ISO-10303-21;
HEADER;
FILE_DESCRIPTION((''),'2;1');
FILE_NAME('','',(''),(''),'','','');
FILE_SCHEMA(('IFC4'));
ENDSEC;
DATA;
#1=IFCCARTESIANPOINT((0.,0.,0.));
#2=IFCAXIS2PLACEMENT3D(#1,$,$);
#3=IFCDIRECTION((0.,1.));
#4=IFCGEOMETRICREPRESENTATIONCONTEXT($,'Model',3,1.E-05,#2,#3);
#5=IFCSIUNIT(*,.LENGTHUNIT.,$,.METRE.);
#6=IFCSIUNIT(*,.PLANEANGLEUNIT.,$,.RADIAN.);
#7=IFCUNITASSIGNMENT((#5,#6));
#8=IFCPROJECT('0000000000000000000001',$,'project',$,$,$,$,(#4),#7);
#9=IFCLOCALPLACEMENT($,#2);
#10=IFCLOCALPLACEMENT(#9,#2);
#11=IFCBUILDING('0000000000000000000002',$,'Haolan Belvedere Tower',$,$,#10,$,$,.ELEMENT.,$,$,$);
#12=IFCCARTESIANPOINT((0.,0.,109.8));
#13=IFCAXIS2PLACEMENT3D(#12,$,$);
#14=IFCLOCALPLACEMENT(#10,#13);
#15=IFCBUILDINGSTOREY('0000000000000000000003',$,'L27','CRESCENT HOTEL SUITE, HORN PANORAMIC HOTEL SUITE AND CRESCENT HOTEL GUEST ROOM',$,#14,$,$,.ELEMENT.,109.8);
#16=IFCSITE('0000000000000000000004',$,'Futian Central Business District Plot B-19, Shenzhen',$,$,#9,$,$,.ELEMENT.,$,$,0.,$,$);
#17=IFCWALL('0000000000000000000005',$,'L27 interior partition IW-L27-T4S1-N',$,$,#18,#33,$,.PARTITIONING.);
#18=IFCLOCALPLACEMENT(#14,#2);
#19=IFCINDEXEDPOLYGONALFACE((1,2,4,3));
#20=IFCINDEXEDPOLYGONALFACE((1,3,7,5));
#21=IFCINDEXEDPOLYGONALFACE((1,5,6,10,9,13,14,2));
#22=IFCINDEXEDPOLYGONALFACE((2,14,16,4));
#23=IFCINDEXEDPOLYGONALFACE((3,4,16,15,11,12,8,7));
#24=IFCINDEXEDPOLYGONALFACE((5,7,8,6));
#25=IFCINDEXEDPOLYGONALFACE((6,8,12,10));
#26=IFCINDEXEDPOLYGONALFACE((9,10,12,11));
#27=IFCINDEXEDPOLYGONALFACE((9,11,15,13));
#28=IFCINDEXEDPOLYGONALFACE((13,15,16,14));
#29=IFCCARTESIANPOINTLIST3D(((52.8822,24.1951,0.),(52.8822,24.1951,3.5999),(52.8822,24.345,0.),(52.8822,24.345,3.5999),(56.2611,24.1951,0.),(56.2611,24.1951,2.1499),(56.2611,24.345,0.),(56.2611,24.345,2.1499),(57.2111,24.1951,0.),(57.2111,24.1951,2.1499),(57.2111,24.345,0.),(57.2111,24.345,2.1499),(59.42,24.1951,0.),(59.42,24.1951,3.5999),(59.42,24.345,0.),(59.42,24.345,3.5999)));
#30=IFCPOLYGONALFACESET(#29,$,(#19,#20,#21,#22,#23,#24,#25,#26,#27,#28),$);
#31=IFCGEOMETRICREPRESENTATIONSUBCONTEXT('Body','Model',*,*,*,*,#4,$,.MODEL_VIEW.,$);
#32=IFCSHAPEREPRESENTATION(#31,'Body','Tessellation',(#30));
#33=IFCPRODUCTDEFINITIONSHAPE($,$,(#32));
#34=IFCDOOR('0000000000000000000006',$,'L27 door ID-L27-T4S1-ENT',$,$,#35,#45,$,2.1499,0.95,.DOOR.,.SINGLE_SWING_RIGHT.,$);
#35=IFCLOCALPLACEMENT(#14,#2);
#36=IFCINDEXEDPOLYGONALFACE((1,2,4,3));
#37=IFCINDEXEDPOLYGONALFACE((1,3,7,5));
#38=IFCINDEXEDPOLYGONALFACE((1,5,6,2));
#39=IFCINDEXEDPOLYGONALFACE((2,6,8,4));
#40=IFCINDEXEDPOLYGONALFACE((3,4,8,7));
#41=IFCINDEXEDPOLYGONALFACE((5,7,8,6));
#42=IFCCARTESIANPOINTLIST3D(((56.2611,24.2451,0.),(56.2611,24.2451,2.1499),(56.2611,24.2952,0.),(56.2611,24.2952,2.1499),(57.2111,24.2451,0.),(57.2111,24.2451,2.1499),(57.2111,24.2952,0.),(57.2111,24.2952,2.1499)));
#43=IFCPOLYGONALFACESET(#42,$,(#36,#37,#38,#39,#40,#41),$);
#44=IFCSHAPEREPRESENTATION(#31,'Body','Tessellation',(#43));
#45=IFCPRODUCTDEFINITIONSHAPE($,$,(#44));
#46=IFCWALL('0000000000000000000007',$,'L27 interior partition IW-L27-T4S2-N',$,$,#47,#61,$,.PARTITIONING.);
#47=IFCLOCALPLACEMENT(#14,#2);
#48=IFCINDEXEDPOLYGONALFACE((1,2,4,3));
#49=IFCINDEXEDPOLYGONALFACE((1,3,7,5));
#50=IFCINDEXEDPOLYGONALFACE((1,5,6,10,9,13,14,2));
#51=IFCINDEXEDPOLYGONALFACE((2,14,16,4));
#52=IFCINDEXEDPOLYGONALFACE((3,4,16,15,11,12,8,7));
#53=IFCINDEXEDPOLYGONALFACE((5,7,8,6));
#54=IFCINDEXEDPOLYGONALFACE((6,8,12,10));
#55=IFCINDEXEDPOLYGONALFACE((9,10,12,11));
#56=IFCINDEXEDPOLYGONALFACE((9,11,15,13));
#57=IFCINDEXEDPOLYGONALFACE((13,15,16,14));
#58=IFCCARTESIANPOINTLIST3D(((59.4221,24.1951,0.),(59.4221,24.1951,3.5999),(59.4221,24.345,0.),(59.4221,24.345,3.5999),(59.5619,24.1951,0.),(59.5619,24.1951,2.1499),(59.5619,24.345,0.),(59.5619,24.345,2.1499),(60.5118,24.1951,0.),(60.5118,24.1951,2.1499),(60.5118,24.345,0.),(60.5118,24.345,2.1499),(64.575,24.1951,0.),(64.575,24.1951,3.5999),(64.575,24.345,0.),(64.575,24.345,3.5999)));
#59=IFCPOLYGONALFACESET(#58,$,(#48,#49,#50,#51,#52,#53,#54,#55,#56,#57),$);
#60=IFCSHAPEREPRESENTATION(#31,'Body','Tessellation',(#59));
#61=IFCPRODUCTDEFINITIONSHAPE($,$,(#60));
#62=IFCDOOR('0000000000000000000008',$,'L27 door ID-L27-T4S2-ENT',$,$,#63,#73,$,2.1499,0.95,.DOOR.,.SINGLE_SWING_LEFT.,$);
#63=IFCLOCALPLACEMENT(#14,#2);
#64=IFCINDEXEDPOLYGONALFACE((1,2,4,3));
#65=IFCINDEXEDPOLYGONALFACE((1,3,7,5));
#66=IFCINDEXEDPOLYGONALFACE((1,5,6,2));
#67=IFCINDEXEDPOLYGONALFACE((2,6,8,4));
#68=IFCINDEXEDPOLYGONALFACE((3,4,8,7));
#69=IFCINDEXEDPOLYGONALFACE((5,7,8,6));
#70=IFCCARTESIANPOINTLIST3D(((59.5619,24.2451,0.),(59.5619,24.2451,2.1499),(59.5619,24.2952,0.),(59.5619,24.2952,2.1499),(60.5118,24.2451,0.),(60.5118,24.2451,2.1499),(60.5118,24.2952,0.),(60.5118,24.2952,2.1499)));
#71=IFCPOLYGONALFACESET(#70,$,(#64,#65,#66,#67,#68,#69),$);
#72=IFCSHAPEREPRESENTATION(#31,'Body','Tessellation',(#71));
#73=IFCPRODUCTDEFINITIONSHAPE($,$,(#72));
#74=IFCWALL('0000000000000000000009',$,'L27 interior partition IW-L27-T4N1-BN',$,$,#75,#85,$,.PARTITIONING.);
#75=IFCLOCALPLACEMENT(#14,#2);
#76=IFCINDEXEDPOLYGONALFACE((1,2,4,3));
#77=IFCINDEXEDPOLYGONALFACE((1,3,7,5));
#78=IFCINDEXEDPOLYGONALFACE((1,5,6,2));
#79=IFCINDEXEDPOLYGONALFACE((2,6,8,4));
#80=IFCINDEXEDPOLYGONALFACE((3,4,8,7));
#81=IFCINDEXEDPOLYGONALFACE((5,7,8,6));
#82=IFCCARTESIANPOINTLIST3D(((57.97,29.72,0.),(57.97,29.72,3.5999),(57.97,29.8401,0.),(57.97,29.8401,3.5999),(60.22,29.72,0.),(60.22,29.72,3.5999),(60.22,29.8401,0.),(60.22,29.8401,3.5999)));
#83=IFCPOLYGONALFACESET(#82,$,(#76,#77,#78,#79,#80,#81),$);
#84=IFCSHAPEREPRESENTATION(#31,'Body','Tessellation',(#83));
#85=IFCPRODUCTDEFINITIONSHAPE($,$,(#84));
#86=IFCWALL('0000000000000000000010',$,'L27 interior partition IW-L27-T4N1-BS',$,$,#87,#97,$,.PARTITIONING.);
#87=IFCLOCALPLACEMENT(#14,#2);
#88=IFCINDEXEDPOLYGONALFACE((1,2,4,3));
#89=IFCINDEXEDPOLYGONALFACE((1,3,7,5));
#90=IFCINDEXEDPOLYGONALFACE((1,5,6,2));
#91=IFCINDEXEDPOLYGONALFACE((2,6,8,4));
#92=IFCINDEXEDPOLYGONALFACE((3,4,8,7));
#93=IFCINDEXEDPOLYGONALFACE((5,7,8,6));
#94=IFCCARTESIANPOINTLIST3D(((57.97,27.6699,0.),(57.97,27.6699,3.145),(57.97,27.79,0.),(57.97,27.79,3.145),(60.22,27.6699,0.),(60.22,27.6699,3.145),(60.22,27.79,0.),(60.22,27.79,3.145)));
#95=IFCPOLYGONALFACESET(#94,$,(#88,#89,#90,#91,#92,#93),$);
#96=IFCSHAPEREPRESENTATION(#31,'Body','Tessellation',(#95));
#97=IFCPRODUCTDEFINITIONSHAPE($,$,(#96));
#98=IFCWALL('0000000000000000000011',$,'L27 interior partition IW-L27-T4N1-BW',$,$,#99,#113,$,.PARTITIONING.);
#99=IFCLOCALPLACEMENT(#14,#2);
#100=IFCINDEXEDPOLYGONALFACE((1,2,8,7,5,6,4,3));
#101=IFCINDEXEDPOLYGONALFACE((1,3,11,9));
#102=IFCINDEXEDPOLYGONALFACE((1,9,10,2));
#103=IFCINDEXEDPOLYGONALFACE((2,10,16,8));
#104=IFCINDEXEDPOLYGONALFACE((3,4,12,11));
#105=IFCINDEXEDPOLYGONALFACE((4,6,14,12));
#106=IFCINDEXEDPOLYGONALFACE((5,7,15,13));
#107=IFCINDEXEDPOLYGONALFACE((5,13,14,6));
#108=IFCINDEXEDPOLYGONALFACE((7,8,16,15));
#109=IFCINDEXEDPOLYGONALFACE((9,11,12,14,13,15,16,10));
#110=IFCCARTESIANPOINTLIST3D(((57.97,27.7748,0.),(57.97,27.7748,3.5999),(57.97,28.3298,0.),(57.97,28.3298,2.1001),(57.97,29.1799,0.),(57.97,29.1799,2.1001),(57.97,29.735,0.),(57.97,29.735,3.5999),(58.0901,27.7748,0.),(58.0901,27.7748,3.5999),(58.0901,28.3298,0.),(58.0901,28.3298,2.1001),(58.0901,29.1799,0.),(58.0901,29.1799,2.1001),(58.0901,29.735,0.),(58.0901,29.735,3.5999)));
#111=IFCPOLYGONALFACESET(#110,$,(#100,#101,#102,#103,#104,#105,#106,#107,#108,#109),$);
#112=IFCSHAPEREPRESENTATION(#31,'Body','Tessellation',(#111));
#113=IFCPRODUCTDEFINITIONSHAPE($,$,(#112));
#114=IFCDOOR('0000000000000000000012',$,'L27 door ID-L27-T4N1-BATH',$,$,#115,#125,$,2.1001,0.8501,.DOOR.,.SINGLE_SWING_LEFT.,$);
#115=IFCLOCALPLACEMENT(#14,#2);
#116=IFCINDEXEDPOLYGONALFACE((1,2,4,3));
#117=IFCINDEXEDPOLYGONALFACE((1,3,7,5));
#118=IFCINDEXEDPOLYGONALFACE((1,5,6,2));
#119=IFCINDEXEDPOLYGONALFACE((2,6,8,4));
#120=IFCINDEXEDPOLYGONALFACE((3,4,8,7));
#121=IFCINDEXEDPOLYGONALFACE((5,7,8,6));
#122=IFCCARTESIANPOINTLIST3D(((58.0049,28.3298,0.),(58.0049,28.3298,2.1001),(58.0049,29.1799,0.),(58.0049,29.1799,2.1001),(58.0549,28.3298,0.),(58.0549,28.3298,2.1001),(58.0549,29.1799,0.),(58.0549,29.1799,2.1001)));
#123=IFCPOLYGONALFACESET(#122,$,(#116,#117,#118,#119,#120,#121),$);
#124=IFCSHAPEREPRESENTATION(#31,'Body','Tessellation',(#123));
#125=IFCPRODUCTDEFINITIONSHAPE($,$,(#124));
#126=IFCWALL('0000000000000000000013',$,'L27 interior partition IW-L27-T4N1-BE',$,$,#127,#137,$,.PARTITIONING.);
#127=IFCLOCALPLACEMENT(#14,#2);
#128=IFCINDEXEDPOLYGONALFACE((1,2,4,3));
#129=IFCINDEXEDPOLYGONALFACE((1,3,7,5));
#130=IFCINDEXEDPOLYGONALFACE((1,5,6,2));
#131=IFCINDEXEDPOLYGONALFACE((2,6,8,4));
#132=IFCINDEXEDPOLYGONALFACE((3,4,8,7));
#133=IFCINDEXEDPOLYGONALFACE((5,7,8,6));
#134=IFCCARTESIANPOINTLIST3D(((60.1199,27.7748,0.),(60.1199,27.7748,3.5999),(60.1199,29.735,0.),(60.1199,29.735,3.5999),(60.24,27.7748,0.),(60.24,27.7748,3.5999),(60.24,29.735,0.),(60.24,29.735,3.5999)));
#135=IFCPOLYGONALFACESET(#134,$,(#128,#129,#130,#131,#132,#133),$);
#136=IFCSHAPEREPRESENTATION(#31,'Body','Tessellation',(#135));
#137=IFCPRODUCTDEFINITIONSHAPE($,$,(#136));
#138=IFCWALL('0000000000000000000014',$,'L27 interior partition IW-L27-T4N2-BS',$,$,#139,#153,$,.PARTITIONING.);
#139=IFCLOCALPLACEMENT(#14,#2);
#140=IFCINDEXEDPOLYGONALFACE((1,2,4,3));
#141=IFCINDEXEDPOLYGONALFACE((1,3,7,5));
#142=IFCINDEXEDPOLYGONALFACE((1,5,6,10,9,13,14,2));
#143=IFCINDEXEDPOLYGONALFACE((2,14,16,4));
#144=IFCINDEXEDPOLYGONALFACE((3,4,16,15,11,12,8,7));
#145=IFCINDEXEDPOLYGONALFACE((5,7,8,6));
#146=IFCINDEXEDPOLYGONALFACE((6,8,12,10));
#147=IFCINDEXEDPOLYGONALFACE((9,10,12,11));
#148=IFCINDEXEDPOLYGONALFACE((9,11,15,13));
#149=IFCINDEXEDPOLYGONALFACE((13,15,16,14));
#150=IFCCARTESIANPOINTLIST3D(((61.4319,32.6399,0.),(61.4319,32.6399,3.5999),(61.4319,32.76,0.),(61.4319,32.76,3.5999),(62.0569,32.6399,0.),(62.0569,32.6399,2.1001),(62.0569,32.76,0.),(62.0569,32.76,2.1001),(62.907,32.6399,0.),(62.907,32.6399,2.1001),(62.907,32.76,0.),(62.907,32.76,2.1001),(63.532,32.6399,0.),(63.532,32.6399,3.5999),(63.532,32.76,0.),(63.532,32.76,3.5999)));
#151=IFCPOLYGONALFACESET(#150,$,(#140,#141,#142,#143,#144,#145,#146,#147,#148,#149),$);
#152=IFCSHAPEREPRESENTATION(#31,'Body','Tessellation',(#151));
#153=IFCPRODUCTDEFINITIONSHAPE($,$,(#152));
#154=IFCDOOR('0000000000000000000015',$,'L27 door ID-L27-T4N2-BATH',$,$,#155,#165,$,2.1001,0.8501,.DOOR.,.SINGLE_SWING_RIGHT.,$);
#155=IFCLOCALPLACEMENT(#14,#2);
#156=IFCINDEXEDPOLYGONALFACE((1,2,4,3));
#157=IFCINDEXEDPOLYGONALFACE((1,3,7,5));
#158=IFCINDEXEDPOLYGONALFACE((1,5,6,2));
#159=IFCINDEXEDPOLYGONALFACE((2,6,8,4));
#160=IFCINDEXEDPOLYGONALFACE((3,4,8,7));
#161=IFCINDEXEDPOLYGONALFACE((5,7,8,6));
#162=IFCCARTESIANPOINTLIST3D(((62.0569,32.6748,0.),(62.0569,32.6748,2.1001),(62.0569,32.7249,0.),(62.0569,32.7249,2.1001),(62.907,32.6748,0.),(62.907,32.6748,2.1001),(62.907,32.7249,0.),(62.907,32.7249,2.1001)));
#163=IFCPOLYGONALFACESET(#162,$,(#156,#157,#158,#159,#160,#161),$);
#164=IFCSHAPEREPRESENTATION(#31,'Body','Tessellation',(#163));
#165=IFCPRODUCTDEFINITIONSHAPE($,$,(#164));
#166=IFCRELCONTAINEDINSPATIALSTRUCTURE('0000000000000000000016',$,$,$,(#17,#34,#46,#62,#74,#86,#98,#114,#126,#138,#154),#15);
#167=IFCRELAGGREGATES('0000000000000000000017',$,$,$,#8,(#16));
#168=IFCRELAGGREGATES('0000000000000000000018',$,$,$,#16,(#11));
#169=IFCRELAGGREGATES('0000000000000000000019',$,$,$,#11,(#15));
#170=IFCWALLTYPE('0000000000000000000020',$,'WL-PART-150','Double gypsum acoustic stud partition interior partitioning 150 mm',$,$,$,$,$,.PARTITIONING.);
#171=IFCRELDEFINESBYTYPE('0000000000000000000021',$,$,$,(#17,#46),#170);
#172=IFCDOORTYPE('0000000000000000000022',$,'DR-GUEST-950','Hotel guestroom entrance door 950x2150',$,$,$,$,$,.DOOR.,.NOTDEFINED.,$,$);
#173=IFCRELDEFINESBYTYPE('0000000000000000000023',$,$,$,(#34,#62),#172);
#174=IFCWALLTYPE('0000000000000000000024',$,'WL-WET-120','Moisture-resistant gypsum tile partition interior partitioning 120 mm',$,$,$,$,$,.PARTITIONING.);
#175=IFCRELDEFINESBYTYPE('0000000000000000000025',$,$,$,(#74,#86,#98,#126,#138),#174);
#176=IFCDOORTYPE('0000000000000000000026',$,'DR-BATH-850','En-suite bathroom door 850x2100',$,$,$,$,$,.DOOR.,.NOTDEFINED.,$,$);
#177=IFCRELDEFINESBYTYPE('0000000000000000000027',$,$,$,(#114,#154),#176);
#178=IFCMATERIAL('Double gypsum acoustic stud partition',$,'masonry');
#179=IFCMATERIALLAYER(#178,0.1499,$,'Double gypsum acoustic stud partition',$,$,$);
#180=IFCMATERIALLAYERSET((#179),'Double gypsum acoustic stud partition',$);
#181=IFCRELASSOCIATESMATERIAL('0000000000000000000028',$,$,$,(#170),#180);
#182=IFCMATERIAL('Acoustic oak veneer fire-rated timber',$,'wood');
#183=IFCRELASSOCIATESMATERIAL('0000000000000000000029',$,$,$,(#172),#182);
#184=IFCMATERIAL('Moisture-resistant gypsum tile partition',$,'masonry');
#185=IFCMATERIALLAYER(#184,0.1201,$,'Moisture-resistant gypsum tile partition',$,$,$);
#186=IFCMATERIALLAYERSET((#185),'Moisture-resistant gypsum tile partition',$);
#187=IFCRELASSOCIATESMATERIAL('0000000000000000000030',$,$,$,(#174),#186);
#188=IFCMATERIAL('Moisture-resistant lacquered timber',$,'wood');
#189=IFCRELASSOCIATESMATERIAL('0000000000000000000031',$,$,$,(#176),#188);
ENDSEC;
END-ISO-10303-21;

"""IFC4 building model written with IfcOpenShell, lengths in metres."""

from ifc_helpers import new_model, si_unit, direction, frame, frame_2d, origin, place, context, subcontext, project, spatial, rectangle, extrude, material, layer, layer_set, type_object, element, fill, save


model = new_model("IFC4")

# Units and contexts
model_context = context("Model", 3, precision=1e-05, world=origin(), true_north=direction((0.0, 1.0)))
body_context = subcontext(model_context, "Body", "Model", "MODEL_VIEW")
ifc_project = project(units=[si_unit("LENGTHUNIT", "METRE"), si_unit("PLANEANGLEUNIT", "RADIAN")], contexts=[model_context])

# Site, building, storey
site_placement = place(None, origin())
site = spatial("IfcSite", under=ifc_project, at=site_placement, Name="Futian Central Business District Plot B-19, Shenzhen", CompositionType="ELEMENT", RefElevation=0.0)
building_placement = place(site_placement, origin())
building = spatial("IfcBuilding", under=site, at=building_placement, Name="Haolan Belvedere Tower", CompositionType="ELEMENT")
storey_placement = place(building_placement, frame((0.0, 0.0, 109.8)))
storey = spatial("IfcBuildingStorey", under=building, at=storey_placement, Name="L27", Description="CRESCENT HOTEL SUITE, HORN PANORAMIC HOTEL SUITE AND CRESCENT HOTEL GUEST ROOM", CompositionType="ELEMENT", Elevation=109.8)

# Shared definitions
ifc_material_1 = material(Name="Double gypsum acoustic stud partition", Category="masonry")
ifc_layer_1 = layer(ifc_material_1, 0.1499, Name="Double gypsum acoustic stud partition")
ifc_layer_set_1 = layer_set([ifc_layer_1], Name="Double gypsum acoustic stud partition")
wall_type_1 = type_object("IfcWallType", Name="WL-PART-150", Description="Double gypsum acoustic stud partition interior partitioning 150 mm", PredefinedType="PARTITIONING", material=ifc_layer_set_1)

# Walls, openings, doors
ifc_material_2 = material(Name="Acoustic oak veneer fire-rated timber", Category="wood")
door_type_1 = type_object("IfcDoorType", Name="DR-GUEST-950", Description="Hotel guestroom entrance door 950x2150", OperationType="NOTDEFINED", PredefinedType="DOOR", material=ifc_material_2)
wall_1_placement = place(storey_placement, frame((52.8821, 24.27, 0.0), z_axis=(0.0, 0.0, 1.0), x_axis=(1.0, 0.0, 0.0)))
wall_1 = element("IfcWall", 1, at=wall_1_placement, inside=storey, type_object=wall_type_1, Name="L27 interior partition IW-L27-T4S1-N", PredefinedType="PARTITIONING", context=body_context, shape_type="SweptSolid", body=[
    extrude(rectangle(XDim=6.5378, YDim=0.1499, at=frame_2d((3.269, 0.0))), origin(), (0.0, 0.0, 1.0), 3.5999),
])
opening_1_placement = place(wall_1_placement, frame((4.3291, 0.0, 0.0), z_axis=(0.0, 0.0, 1.0), x_axis=(-1.0, 0.0, 0.0)))
opening_1 = element("IfcOpeningElement", 2, at=opening_1_placement, cuts=wall_1, PredefinedType="OPENING", context=body_context, shape_type="SweptSolid", body=[
    extrude(rectangle(XDim=0.95, YDim=2.1499, at=frame_2d((0.4751, 1.075))), frame((0.0, 0.085, 0.0), z_axis=(0.0, -1.0, 0.0), x_axis=(1.0, 0.0, 0.0)), (0.0, 0.0, 1.0), 0.1699),
])
door_1_placement = place(opening_1_placement, origin())
door_1 = element("IfcDoor", 3, at=door_1_placement, inside=storey, type_object=door_type_1, Name="L27 door ID-L27-T4S1-ENT", OperationType="SINGLE_SWING_RIGHT", OverallHeight=2.1499, OverallWidth=0.95, PredefinedType="DOOR", context=body_context, shape_type="SweptSolid", body=[
    extrude(rectangle(XDim=0.95, YDim=2.1499, at=frame_2d((0.4751, 1.075))), frame((0.0, 0.0249, 0.0), z_axis=(0.0, -1.0, 0.0), x_axis=(1.0, 0.0, 0.0)), (0.0, 0.0, 1.0), 0.05),
])
fill(opening_1, door_1)
wall_2_placement = place(storey_placement, frame((59.4221, 24.27, 0.0), z_axis=(0.0, 0.0, 1.0), x_axis=(1.0, 0.0, 0.0)))
wall_2 = element("IfcWall", 4, at=wall_2_placement, inside=storey, type_object=wall_type_1, Name="L27 interior partition IW-L27-T4S2-N", PredefinedType="PARTITIONING", context=body_context, shape_type="SweptSolid", body=[
    extrude(rectangle(XDim=5.1528, YDim=0.1499, at=frame_2d((2.5764, 0.0))), origin(), (0.0, 0.0, 1.0), 3.5999),
])
opening_2_placement = place(wall_2_placement, frame((1.0898, 0.0, 0.0), z_axis=(0.0, 0.0, 1.0), x_axis=(-1.0, 0.0, 0.0)))
opening_2 = element("IfcOpeningElement", 5, at=opening_2_placement, cuts=wall_2, PredefinedType="OPENING", context=body_context, shape_type="SweptSolid", body=[
    extrude(rectangle(XDim=0.95, YDim=2.1499, at=frame_2d((0.4751, 1.075))), frame((0.0, 0.085, 0.0), z_axis=(0.0, -1.0, 0.0), x_axis=(1.0, 0.0, 0.0)), (0.0, 0.0, 1.0), 0.1699),
])
door_2_placement = place(opening_2_placement, origin())
door_2 = element("IfcDoor", 6, at=door_2_placement, inside=storey, type_object=door_type_1, Name="L27 door ID-L27-T4S2-ENT", OperationType="SINGLE_SWING_LEFT", OverallHeight=2.1499, OverallWidth=0.95, PredefinedType="DOOR", context=body_context, shape_type="SweptSolid", body=[
    extrude(rectangle(XDim=0.95, YDim=2.1499, at=frame_2d((0.4751, 1.075))), frame((0.0, 0.0249, 0.0), z_axis=(0.0, -1.0, 0.0), x_axis=(1.0, 0.0, 0.0)), (0.0, 0.0, 1.0), 0.05),
])
fill(opening_2, door_2)

# Walls
ifc_material_3 = material(Name="Moisture-resistant gypsum tile partition", Category="masonry")
ifc_layer_2 = layer(ifc_material_3, 0.1201, Name="Moisture-resistant gypsum tile partition")
ifc_layer_set_2 = layer_set([ifc_layer_2], Name="Moisture-resistant gypsum tile partition")
wall_type_2 = type_object("IfcWallType", Name="WL-WET-120", Description="Moisture-resistant gypsum tile partition interior partitioning 120 mm", PredefinedType="PARTITIONING", material=ifc_layer_set_2)
wall_3_placement = place(storey_placement, frame((57.97, 29.78, 0.0), z_axis=(0.0, 0.0, 1.0), x_axis=(1.0, 0.0, 0.0)))
element("IfcWall", 7, at=wall_3_placement, inside=storey, type_object=wall_type_2, Name="L27 interior partition IW-L27-T4N1-BN", PredefinedType="PARTITIONING", context=body_context, shape_type="SweptSolid", body=[
    extrude(rectangle(XDim=2.25, YDim=0.1201, at=frame_2d((1.125, 0.0))), origin(), (0.0, 0.0, 1.0), 3.5999),
])
wall_4_placement = place(storey_placement, frame((57.97, 27.73, 0.0), z_axis=(0.0, 0.0, 1.0), x_axis=(1.0, 0.0, 0.0)))
element("IfcWall", 8, at=wall_4_placement, inside=storey, type_object=wall_type_2, Name="L27 interior partition IW-L27-T4N1-BS", PredefinedType="PARTITIONING", context=body_context, shape_type="SweptSolid", body=[
    extrude(rectangle(XDim=2.25, YDim=0.1201, at=frame_2d((1.125, 0.0))), origin(), (0.0, 0.0, 1.0), 3.145),
])

# Wall, opening, door
wall_5_placement = place(storey_placement, frame((58.03, 27.7749, 0.0), z_axis=(0.0, 0.0, 1.0), x_axis=(0.0, 1.0, 0.0)))
wall_5 = element("IfcWall", 9, at=wall_5_placement, inside=storey, type_object=wall_type_2, Name="L27 interior partition IW-L27-T4N1-BW", PredefinedType="PARTITIONING", context=body_context, shape_type="SweptSolid", body=[
    extrude(rectangle(XDim=1.9602, YDim=0.1201, at=frame_2d((0.98, 0.0))), origin(), (0.0, 0.0, 1.0), 3.5999),
])
opening_3_placement = place(wall_5_placement, frame((1.405, 0.0, 0.0), z_axis=(0.0, 0.0, 1.0), x_axis=(-1.0, 0.0, 0.0)))
opening_3 = element("IfcOpeningElement", 10, at=opening_3_placement, cuts=wall_5, PredefinedType="OPENING", context=body_context, shape_type="SweptSolid", body=[
    extrude(rectangle(XDim=0.8501, YDim=2.1001, at=frame_2d((0.425, 1.05))), frame((0.0, 0.0701, 0.0), z_axis=(0.0, -1.0, 0.0), x_axis=(1.0, 0.0, 0.0)), (0.0, 0.0, 1.0), 0.1401),
])
ifc_material_4 = material(Name="Moisture-resistant lacquered timber", Category="wood")
door_type_2 = type_object("IfcDoorType", Name="DR-BATH-850", Description="En-suite bathroom door 850x2100", OperationType="NOTDEFINED", PredefinedType="DOOR", material=ifc_material_4)
door_3_placement = place(opening_3_placement, origin())
door_3 = element("IfcDoor", 11, at=door_3_placement, inside=storey, type_object=door_type_2, Name="L27 door ID-L27-T4N1-BATH", OperationType="SINGLE_SWING_LEFT", OverallHeight=2.1001, OverallWidth=0.8501, PredefinedType="DOOR", context=body_context, shape_type="SweptSolid", body=[
    extrude(rectangle(XDim=0.8501, YDim=2.1001, at=frame_2d((0.425, 1.05))), frame((0.0, 0.0249, 0.0), z_axis=(0.0, -1.0, 0.0), x_axis=(1.0, 0.0, 0.0)), (0.0, 0.0, 1.0), 0.05),
])
fill(opening_3, door_3)

# Wall
wall_6_placement = place(storey_placement, frame((60.1799, 27.7749, 0.0), z_axis=(0.0, 0.0, 1.0), x_axis=(0.0, 1.0, 0.0)))
element("IfcWall", 12, at=wall_6_placement, inside=storey, type_object=wall_type_2, Name="L27 interior partition IW-L27-T4N1-BE", PredefinedType="PARTITIONING", context=body_context, shape_type="SweptSolid", body=[
    extrude(rectangle(XDim=1.9602, YDim=0.1201, at=frame_2d((0.98, 0.0))), origin(), (0.0, 0.0, 1.0), 3.5999),
])

# Wall, opening, door
wall_7_placement = place(storey_placement, frame((61.4319, 32.7, 0.0), z_axis=(0.0, 0.0, 1.0), x_axis=(1.0, 0.0, 0.0)))
wall_7 = element("IfcWall", 13, at=wall_7_placement, inside=storey, type_object=wall_type_2, Name="L27 interior partition IW-L27-T4N2-BS", PredefinedType="PARTITIONING", context=body_context, shape_type="SweptSolid", body=[
    extrude(rectangle(XDim=2.1001, YDim=0.1201, at=frame_2d((1.05, 0.0))), origin(), (0.0, 0.0, 1.0), 3.5999),
])
opening_4_placement = place(wall_7_placement, frame((0.625, 0.0, 0.0)))
opening_4 = element("IfcOpeningElement", 14, at=opening_4_placement, cuts=wall_7, PredefinedType="OPENING", context=body_context, shape_type="SweptSolid", body=[
    extrude(rectangle(XDim=0.8501, YDim=2.1001, at=frame_2d((0.425, 1.05))), frame((0.0, 0.0701, 0.0), z_axis=(0.0, -1.0, 0.0), x_axis=(1.0, 0.0, 0.0)), (0.0, 0.0, 1.0), 0.1401),
])
door_4_placement = place(opening_4_placement, origin())
door_4 = element("IfcDoor", 15, at=door_4_placement, inside=storey, type_object=door_type_2, Name="L27 door ID-L27-T4N2-BATH", OperationType="SINGLE_SWING_RIGHT", OverallHeight=2.1001, OverallWidth=0.8501, PredefinedType="DOOR", context=body_context, shape_type="SweptSolid", body=[
    extrude(rectangle(XDim=0.8501, YDim=2.1001, at=frame_2d((0.425, 1.05))), frame((0.0, 0.0249, 0.0), z_axis=(0.0, -1.0, 0.0), x_axis=(1.0, 0.0, 0.0)), (0.0, 0.0, 1.0), 0.05),
])
fill(opening_4, door_4)

save(model, "model.ifc")
